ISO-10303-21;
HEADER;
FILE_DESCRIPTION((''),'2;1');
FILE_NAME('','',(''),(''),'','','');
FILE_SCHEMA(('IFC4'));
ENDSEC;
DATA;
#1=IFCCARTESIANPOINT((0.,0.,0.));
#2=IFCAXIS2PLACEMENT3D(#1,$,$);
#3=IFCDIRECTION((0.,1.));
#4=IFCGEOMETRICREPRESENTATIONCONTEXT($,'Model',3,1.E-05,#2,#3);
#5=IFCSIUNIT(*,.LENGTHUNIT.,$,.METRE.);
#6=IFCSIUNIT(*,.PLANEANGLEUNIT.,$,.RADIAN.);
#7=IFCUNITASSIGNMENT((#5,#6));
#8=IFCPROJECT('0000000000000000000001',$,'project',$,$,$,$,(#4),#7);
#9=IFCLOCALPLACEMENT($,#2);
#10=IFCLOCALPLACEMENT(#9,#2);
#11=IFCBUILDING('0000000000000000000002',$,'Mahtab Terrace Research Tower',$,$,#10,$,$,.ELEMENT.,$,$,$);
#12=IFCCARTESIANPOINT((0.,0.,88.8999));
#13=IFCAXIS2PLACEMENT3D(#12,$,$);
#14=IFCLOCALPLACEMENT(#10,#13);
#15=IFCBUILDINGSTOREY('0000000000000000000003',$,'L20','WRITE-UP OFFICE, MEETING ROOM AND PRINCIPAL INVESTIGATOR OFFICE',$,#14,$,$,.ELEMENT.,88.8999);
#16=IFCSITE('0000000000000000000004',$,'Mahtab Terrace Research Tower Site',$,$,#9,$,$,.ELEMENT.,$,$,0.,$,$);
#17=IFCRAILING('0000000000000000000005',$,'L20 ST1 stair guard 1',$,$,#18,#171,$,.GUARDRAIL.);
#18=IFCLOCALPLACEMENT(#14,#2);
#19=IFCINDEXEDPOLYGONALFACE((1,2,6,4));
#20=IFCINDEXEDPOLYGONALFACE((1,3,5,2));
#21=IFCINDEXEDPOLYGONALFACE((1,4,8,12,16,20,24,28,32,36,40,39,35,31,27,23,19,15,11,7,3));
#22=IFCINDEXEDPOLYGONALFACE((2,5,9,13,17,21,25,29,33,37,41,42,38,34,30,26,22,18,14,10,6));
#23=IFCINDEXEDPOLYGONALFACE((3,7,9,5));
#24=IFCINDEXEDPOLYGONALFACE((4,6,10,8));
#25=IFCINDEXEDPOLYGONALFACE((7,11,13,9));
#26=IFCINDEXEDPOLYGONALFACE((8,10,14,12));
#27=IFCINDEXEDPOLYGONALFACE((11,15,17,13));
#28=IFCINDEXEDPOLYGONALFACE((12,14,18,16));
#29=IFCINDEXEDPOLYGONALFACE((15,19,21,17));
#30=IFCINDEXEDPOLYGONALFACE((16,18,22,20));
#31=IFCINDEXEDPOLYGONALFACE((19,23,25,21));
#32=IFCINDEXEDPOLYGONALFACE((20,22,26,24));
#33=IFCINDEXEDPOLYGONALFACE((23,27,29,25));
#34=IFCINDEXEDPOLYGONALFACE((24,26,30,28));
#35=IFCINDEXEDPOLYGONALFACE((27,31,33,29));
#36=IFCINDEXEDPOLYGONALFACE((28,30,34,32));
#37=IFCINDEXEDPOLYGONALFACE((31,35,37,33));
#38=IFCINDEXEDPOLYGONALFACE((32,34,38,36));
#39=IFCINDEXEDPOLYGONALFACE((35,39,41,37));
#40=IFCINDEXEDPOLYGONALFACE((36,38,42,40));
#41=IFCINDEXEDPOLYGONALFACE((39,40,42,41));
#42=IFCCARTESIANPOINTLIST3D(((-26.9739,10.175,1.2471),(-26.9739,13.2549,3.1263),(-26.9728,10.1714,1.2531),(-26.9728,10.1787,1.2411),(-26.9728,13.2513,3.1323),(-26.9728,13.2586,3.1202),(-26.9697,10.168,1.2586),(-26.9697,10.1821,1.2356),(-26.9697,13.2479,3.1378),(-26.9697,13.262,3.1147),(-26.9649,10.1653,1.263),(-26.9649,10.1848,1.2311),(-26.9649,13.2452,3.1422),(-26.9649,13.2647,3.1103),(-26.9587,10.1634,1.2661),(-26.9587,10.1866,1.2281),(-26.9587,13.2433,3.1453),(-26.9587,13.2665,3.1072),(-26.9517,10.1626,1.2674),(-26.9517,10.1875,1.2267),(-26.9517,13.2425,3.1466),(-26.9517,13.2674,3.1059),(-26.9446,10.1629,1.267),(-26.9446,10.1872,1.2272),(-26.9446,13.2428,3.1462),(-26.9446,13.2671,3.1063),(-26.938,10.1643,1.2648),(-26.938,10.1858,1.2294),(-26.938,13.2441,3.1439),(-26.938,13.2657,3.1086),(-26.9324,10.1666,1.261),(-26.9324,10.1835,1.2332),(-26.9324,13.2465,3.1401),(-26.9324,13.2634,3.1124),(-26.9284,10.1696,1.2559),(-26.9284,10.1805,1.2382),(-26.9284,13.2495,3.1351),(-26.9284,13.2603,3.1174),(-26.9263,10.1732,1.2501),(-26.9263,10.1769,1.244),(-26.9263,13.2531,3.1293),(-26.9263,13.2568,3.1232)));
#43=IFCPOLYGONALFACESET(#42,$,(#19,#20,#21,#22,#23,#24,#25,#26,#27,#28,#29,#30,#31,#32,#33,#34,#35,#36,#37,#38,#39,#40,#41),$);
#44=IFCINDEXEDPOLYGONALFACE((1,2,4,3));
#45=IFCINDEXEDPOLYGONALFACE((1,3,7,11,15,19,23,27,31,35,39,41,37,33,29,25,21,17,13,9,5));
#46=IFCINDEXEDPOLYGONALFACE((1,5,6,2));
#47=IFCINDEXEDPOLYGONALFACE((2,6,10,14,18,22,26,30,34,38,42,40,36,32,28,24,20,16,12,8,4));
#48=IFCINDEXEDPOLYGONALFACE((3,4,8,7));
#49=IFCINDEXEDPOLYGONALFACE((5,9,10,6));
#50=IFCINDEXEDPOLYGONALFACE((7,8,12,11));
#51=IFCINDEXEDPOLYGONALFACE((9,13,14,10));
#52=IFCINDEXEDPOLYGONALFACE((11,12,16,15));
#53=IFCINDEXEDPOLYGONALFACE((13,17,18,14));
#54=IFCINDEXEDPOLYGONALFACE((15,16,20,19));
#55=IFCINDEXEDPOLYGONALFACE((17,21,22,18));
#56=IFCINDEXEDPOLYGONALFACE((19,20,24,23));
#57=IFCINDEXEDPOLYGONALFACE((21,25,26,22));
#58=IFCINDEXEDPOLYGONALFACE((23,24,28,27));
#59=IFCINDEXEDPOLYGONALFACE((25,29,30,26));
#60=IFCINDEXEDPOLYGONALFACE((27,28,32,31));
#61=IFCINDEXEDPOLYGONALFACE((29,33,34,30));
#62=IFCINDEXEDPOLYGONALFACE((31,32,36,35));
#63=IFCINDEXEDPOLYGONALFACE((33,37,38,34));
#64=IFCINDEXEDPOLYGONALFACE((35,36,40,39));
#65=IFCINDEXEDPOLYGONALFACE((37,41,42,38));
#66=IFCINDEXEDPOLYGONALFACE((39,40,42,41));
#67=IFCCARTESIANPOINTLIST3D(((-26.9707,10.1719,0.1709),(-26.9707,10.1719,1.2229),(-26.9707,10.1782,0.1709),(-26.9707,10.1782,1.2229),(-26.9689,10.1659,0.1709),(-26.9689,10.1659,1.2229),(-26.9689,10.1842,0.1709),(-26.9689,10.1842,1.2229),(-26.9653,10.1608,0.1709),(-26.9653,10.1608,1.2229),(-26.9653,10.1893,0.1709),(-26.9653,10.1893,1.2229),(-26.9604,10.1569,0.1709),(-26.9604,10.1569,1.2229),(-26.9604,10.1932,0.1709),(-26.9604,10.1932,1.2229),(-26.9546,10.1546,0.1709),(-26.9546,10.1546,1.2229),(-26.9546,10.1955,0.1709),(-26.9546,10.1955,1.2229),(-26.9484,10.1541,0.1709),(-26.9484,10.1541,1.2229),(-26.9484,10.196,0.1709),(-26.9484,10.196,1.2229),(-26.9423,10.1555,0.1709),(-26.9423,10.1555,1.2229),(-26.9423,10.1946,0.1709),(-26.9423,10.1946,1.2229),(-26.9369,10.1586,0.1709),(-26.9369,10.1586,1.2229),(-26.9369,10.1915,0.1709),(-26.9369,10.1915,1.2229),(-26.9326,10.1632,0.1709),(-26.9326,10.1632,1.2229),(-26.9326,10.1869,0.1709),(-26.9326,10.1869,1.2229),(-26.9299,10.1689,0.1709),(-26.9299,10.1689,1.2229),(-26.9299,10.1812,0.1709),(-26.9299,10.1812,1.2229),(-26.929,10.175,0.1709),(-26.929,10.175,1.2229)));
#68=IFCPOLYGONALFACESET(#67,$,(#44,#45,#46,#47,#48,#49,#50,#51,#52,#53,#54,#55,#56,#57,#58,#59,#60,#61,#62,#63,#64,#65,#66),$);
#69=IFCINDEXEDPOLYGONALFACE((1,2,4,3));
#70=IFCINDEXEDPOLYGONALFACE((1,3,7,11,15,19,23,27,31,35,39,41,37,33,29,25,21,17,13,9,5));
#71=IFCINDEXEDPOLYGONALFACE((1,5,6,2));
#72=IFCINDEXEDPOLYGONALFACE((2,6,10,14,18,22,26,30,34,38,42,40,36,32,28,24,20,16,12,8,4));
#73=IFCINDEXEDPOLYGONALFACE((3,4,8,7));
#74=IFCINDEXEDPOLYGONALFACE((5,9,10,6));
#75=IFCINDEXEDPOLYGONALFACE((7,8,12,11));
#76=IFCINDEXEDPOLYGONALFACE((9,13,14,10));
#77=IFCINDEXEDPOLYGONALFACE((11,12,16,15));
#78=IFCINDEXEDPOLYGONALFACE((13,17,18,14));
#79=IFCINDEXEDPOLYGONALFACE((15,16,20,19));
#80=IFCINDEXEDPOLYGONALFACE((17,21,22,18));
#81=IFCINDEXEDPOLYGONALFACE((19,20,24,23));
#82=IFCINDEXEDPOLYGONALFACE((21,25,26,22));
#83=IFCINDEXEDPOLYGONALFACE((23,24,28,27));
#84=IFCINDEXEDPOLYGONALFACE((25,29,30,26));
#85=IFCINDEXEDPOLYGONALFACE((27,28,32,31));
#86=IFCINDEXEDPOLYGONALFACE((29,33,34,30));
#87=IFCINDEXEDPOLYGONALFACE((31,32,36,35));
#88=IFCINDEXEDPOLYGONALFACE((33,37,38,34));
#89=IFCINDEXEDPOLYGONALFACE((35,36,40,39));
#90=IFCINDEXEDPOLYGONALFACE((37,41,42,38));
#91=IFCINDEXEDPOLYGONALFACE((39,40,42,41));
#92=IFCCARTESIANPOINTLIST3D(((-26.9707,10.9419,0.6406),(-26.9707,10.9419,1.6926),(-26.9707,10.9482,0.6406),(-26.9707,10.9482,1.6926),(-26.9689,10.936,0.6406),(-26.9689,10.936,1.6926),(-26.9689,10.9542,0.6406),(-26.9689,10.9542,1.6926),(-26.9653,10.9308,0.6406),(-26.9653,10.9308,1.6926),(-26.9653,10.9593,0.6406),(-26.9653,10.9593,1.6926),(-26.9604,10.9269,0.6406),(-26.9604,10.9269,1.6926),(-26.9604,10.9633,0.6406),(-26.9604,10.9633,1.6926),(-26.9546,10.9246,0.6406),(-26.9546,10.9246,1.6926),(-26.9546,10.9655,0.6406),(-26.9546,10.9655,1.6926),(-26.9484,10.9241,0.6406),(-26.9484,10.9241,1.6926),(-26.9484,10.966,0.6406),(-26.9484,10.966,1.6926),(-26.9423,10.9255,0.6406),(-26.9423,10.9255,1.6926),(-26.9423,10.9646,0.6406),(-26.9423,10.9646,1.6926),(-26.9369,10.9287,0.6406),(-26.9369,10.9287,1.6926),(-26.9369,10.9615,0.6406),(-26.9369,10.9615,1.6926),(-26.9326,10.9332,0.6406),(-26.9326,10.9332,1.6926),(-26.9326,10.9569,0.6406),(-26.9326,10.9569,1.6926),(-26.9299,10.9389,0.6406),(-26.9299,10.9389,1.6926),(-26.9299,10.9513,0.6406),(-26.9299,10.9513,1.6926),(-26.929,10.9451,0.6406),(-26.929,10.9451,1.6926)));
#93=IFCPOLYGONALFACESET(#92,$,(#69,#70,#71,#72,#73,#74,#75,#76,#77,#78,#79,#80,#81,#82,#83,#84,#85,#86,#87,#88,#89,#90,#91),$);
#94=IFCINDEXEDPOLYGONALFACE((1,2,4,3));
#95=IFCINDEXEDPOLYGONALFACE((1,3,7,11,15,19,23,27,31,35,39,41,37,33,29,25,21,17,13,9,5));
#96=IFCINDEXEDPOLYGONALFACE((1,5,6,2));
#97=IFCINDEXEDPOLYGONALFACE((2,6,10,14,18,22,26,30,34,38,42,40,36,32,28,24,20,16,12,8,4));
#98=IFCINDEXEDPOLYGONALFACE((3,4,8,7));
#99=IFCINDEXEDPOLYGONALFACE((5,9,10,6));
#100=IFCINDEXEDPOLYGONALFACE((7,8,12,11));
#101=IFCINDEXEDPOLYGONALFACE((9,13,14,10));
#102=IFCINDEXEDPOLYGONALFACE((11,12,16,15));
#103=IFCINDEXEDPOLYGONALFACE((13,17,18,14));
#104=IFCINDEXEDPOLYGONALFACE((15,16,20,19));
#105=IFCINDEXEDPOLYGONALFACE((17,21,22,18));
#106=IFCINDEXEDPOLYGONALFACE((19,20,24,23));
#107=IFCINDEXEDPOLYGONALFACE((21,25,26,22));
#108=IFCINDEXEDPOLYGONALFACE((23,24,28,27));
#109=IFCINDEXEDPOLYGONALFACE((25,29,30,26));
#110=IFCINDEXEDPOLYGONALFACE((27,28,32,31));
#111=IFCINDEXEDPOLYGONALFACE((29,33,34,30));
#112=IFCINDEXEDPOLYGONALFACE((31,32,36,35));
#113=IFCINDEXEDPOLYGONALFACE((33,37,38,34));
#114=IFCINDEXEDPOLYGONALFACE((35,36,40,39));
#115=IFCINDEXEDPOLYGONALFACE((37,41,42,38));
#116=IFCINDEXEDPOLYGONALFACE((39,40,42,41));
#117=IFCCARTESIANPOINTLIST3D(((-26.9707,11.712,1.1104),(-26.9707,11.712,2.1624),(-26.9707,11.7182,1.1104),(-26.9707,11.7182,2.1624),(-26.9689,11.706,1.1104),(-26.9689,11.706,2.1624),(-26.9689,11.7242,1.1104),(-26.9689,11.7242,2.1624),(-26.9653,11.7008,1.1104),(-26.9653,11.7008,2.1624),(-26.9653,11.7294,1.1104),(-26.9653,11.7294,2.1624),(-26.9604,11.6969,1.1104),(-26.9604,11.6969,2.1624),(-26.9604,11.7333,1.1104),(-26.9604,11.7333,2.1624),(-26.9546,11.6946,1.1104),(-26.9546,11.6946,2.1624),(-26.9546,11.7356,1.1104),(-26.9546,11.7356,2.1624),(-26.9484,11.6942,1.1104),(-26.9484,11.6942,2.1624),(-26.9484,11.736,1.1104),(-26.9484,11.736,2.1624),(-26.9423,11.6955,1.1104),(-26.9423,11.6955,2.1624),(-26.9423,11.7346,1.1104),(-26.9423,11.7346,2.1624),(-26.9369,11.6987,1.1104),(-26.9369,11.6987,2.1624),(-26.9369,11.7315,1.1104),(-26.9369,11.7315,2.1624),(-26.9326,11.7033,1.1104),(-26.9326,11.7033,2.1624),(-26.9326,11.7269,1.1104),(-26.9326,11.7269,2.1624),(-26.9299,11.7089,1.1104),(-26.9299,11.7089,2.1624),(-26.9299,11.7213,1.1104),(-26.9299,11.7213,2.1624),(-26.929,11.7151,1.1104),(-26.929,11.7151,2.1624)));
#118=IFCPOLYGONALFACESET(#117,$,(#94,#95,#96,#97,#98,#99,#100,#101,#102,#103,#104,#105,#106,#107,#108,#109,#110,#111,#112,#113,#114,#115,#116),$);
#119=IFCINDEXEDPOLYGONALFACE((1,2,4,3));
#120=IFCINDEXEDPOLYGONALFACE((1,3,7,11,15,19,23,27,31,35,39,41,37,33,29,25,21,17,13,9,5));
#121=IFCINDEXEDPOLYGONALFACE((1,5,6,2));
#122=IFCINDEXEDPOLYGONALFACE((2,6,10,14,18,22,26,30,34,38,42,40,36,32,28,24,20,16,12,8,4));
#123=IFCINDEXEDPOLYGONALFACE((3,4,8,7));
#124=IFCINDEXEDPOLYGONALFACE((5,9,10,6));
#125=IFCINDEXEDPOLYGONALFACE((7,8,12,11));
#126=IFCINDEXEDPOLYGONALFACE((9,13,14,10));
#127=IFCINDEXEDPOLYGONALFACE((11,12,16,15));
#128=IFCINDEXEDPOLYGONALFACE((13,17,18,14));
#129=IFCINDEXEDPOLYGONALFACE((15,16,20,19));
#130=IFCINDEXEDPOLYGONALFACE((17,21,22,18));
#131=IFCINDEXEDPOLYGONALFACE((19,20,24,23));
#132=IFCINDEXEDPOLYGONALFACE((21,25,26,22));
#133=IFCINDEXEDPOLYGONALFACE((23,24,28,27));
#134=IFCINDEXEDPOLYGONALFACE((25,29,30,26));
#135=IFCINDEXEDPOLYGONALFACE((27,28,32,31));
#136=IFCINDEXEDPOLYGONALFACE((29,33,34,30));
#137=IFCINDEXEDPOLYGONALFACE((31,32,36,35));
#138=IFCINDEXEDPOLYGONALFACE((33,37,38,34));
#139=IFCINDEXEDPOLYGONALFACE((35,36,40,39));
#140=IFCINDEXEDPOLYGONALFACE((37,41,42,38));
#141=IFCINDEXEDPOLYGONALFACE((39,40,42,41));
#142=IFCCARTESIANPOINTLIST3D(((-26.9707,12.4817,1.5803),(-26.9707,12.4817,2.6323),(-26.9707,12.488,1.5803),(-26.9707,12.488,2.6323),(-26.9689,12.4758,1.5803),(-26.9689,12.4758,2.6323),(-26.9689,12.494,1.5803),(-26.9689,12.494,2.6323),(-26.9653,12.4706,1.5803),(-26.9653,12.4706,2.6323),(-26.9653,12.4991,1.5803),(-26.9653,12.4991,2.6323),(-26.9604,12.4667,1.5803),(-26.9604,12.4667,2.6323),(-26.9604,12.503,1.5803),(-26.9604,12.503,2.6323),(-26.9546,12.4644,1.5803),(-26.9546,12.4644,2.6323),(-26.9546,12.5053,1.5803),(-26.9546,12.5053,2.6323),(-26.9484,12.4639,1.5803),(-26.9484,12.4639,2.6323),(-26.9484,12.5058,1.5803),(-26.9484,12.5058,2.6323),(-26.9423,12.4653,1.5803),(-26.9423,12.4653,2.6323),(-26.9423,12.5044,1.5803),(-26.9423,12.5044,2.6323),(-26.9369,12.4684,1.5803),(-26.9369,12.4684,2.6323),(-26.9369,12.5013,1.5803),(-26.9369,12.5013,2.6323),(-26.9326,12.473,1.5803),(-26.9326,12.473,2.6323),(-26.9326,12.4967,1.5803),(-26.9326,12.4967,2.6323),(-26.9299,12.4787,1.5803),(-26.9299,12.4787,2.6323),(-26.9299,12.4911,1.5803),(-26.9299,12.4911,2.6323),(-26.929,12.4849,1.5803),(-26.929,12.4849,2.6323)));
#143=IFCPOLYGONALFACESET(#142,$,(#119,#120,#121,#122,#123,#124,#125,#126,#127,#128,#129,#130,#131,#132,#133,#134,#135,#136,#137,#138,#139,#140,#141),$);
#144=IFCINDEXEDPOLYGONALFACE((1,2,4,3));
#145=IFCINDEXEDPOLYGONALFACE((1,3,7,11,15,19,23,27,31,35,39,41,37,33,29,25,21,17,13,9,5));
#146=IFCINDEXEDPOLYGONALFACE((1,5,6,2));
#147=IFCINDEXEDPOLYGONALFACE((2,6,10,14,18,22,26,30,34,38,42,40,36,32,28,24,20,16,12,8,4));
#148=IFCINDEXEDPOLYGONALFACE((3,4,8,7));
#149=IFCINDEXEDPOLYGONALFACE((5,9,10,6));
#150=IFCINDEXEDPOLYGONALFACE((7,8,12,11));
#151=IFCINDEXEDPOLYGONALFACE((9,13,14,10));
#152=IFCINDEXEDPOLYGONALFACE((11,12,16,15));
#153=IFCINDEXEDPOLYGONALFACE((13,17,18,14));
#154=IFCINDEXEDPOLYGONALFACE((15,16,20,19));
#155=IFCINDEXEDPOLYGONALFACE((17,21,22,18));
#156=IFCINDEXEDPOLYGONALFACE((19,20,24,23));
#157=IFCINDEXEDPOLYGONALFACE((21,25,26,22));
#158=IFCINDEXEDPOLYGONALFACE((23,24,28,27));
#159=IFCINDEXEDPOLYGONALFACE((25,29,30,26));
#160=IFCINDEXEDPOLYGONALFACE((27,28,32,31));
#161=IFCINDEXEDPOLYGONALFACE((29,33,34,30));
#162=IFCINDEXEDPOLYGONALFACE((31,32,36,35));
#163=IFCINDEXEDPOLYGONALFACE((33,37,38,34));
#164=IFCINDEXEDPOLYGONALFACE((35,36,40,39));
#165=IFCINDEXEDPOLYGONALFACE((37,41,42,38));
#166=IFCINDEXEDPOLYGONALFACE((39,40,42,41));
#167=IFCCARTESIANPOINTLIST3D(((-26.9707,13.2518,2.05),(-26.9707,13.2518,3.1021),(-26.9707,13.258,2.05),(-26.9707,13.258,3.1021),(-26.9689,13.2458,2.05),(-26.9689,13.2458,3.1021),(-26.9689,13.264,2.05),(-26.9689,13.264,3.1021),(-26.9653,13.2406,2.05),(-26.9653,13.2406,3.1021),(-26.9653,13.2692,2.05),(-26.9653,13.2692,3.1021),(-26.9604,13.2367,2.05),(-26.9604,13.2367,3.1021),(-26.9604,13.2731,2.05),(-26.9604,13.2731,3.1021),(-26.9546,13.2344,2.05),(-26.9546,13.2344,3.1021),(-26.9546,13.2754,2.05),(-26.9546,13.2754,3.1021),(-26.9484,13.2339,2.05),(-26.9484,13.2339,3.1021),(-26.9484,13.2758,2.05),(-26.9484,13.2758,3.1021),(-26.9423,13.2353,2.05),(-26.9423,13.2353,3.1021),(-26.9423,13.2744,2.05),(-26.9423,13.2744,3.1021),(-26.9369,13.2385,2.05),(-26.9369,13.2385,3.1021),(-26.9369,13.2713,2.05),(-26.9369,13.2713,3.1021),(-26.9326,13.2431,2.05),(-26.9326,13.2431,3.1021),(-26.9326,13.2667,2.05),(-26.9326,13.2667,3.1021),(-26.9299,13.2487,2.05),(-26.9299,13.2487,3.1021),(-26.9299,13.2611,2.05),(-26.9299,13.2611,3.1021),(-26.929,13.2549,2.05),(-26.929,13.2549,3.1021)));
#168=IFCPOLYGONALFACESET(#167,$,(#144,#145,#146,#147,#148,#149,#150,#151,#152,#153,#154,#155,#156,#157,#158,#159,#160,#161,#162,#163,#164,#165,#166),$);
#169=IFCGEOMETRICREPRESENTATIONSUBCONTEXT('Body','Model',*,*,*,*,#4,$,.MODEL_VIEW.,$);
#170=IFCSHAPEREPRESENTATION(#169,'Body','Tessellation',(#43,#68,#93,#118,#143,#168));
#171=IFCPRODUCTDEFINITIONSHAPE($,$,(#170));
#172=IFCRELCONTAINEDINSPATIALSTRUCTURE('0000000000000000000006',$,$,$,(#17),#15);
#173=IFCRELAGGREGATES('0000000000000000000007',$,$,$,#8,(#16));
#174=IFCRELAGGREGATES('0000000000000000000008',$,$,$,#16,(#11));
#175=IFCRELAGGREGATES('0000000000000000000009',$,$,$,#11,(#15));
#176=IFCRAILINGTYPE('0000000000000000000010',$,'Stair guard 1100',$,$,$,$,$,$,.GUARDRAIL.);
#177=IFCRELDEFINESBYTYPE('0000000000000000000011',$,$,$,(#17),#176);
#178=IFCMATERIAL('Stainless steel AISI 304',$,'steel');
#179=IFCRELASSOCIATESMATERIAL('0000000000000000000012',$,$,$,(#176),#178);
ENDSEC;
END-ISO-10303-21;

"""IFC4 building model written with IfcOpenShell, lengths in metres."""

from ifc_helpers import new_model, si_unit, direction, frame, origin, origin_2d, place, context, subcontext, project, spatial, circle, extrude, material, type_object, element, save


model = new_model("IFC4")

# Units and contexts
model_context = context("Model", 3, precision=1e-05, world=origin(), true_north=direction((0.0, 1.0)))
body_context = subcontext(model_context, "Body", "Model", "MODEL_VIEW")
ifc_project = project(units=[si_unit("LENGTHUNIT", "METRE"), si_unit("PLANEANGLEUNIT", "RADIAN")], contexts=[model_context])

# Site, building, storey
site_placement = place(None, origin())
site = spatial("IfcSite", under=ifc_project, at=site_placement, Name="Mahtab Terrace Research Tower Site", CompositionType="ELEMENT", RefElevation=0.0)
building_placement = place(site_placement, origin())
building = spatial("IfcBuilding", under=site, at=building_placement, Name="Mahtab Terrace Research Tower", CompositionType="ELEMENT")
storey_placement = place(building_placement, frame((0.0, 0.0, 88.8999)))
storey = spatial("IfcBuildingStorey", under=building, at=storey_placement, Name="L20", Description="WRITE-UP OFFICE, MEETING ROOM AND PRINCIPAL INVESTIGATOR OFFICE", CompositionType="ELEMENT", Elevation=88.8999)

# Railing
ifc_material_1 = material(Name="Stainless steel AISI 304", Category="steel")
railing_type_1 = type_object("IfcRailingType", Name="Stair guard 1100", PredefinedType="GUARDRAIL", material=ifc_material_1)
railing_1_placement = place(storey_placement, frame((-26.95, 10.175, 0.1709)))
element("IfcRailing", 1, at=railing_1_placement, inside=storey, type_object=railing_type_1, Name="L20 ST1 stair guard 1", PredefinedType="GUARDRAIL", context=body_context, shape_type="SweptSolid", body=[
    extrude(circle(Radius=0.0239, at=origin_2d()), frame((0.0, 0.0, 1.0762), z_axis=(0.0, 0.853648, 0.52085), x_axis=(-1.0, 0.0, 0.0)), (0.0, 0.0, 1.0), 3.6079),
    extrude(circle(Radius=0.021, at=origin_2d()), origin(), (0.0, 0.0, 1.0), 1.052),
    extrude(circle(Radius=0.021, at=origin_2d()), frame((0.0, 0.77, 0.4697)), (0.0, 0.0, 1.0), 1.052),
    extrude(circle(Radius=0.021, at=origin_2d()), frame((0.0, 1.54, 0.9395)), (0.0, 0.0, 1.0), 1.052),
    extrude(circle(Radius=0.021, at=origin_2d()), frame((0.0, 2.3098, 1.4094)), (0.0, 0.0, 1.0), 1.052),
    extrude(circle(Radius=0.021, at=origin_2d()), frame((0.0, 3.0798, 1.8792)), (0.0, 0.0, 1.0), 1.052),
])

save(model, "model.ifc")
